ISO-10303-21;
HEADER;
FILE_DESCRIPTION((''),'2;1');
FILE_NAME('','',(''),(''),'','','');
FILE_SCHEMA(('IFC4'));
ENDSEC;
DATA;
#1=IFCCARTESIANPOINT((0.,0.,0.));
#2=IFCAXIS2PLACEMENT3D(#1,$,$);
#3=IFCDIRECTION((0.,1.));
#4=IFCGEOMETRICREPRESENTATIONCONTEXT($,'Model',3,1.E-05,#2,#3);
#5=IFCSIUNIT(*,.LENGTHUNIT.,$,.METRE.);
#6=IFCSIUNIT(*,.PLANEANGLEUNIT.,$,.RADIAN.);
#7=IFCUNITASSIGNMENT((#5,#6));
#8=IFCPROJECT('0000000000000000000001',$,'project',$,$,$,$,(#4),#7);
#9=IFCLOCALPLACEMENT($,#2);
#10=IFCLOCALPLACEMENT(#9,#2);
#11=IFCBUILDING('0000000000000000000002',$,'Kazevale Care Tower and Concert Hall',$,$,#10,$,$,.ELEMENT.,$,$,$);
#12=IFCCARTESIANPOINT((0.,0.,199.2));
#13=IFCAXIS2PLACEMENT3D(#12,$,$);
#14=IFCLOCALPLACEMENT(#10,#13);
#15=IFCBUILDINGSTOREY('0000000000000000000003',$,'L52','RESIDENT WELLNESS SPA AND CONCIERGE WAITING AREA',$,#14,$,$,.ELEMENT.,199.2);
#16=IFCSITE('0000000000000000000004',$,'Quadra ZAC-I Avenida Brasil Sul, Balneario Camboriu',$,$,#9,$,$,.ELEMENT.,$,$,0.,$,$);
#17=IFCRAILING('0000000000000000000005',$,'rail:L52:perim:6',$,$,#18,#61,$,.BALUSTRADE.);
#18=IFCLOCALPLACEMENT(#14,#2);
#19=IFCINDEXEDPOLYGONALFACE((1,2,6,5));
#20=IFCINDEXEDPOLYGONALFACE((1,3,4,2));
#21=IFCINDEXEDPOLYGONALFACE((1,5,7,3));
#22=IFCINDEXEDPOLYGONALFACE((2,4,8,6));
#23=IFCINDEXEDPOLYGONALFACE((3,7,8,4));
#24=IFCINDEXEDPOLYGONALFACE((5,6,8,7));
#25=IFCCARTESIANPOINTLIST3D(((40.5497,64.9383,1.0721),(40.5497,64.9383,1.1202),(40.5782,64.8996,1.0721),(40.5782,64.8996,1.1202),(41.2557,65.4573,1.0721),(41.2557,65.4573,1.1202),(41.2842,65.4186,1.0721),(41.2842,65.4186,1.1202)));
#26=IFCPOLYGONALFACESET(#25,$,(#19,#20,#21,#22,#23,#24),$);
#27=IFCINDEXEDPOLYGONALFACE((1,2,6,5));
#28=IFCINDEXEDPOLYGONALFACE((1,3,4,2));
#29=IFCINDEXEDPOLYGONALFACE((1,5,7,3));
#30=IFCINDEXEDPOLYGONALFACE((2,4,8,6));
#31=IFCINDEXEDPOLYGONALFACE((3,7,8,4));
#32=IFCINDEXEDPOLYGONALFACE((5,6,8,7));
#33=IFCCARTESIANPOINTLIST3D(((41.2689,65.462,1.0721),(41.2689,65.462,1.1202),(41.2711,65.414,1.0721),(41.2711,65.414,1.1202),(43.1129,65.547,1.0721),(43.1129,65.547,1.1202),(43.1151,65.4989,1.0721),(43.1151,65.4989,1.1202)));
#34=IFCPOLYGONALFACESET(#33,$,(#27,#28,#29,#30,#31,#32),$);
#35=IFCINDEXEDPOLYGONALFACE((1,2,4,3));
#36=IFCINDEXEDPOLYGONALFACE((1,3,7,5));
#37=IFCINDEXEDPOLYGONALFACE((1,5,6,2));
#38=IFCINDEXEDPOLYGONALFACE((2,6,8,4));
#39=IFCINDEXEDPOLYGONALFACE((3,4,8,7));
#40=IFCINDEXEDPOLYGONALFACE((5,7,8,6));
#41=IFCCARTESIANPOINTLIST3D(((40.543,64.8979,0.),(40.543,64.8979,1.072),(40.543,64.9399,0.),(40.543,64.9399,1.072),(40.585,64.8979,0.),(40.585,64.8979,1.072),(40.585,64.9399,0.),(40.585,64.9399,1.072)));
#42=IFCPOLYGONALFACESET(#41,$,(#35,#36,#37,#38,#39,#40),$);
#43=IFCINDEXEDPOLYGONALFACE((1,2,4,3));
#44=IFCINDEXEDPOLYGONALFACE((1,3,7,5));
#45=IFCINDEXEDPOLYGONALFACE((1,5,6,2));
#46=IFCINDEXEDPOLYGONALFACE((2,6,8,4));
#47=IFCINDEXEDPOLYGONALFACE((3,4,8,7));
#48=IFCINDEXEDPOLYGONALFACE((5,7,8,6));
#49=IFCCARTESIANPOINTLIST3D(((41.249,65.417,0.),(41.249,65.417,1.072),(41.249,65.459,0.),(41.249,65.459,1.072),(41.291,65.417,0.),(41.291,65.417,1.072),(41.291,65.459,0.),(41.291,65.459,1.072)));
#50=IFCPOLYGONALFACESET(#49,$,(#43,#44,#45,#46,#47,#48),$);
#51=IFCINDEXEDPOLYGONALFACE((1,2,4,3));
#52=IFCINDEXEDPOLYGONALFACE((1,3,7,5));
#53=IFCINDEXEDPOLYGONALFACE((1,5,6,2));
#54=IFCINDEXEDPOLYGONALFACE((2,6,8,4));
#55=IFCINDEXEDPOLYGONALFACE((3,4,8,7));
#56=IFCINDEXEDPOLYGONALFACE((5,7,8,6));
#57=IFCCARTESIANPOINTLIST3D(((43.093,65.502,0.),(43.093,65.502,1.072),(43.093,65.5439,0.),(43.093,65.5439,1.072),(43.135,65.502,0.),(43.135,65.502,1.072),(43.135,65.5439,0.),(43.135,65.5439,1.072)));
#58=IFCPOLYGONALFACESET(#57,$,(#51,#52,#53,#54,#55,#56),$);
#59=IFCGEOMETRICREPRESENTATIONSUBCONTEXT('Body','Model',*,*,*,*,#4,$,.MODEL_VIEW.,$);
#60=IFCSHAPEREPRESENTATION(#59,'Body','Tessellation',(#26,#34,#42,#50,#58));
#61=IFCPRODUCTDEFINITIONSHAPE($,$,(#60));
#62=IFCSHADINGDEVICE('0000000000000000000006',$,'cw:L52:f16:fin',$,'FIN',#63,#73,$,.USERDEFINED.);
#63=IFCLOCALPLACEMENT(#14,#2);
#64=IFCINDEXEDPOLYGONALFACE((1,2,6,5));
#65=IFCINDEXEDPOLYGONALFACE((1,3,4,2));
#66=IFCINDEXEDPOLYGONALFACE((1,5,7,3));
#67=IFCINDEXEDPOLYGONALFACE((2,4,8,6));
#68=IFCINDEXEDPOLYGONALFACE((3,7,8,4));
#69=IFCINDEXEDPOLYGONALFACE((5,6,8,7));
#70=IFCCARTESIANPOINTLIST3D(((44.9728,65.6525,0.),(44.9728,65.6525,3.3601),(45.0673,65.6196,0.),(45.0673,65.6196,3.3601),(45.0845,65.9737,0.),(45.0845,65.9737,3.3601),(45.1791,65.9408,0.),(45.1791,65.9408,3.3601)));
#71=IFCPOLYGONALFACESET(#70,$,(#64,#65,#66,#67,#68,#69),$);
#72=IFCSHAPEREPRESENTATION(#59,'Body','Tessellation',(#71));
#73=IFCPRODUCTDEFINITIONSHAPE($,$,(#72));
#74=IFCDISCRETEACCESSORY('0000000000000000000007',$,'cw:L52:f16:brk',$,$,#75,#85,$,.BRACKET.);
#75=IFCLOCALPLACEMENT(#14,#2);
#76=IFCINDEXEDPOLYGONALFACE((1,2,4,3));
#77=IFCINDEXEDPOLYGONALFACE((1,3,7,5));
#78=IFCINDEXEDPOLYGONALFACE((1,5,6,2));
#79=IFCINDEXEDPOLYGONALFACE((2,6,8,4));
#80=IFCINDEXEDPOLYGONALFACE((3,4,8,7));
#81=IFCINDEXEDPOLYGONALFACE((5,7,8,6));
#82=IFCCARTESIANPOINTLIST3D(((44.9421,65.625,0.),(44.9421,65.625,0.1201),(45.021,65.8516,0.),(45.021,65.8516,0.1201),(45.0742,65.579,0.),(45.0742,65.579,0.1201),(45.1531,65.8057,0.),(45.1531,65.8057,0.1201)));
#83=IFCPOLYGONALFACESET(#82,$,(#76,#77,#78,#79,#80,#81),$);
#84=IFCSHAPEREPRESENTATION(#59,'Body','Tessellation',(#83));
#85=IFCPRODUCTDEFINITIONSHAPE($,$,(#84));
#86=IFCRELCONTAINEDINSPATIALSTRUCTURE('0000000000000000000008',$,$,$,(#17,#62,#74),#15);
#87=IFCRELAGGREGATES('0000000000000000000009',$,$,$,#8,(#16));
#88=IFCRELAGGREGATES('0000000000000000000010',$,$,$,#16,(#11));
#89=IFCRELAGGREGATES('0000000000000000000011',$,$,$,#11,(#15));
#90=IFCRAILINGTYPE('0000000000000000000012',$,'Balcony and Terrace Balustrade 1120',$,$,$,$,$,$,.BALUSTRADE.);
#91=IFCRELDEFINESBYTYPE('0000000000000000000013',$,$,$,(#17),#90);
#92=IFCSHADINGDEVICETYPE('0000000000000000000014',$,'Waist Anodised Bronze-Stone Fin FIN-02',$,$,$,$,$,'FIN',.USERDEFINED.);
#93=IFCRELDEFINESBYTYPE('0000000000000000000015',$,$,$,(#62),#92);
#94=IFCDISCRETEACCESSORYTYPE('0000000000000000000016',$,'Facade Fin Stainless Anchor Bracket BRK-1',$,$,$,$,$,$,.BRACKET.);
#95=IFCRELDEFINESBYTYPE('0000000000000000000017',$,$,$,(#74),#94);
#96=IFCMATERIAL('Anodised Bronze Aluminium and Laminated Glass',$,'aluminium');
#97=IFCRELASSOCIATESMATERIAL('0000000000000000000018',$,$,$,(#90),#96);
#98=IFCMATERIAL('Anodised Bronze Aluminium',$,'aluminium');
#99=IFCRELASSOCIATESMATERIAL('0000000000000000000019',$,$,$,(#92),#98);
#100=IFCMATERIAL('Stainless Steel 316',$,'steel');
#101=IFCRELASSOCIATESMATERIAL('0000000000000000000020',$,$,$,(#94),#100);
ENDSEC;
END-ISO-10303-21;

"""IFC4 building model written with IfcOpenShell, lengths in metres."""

from ifc_helpers import new_model, si_unit, direction, frame, origin, origin_2d, place, context, subcontext, project, spatial, rectangle, extrude, material, type_object, element, save


model = new_model("IFC4")

# Units and contexts
model_context = context("Model", 3, precision=1e-05, world=origin(), true_north=direction((0.0, 1.0)))
body_context = subcontext(model_context, "Body", "Model", "MODEL_VIEW")
ifc_project = project(units=[si_unit("LENGTHUNIT", "METRE"), si_unit("PLANEANGLEUNIT", "RADIAN")], contexts=[model_context])

# Site, building, storey
site_placement = place(None, origin())
site = spatial("IfcSite", under=ifc_project, at=site_placement, Name="Quadra ZAC-I Avenida Brasil Sul, Balneario Camboriu", CompositionType="ELEMENT", RefElevation=0.0)
building_placement = place(site_placement, origin())
building = spatial("IfcBuilding", under=site, at=building_placement, Name="Kazevale Care Tower and Concert Hall", CompositionType="ELEMENT")
storey_placement = place(building_placement, frame((0.0, 0.0, 199.2)))
storey = spatial("IfcBuildingStorey", under=building, at=storey_placement, Name="L52", Description="RESIDENT WELLNESS SPA AND CONCIERGE WAITING AREA", CompositionType="ELEMENT", Elevation=199.2)

# Railing
ifc_material_1 = material(Name="Anodised Bronze Aluminium and Laminated Glass", Category="aluminium")
railing_type = type_object("IfcRailingType", Name="Balcony and Terrace Balustrade 1120", PredefinedType="BALUSTRADE", material=ifc_material_1)
railing_placement = place(storey_placement, frame((40.564, 64.9189, 0.0)))
element("IfcRailing", 1, at=railing_placement, inside=storey, type_object=railing_type, Name="rail:L52:perim:6", PredefinedType="BALUSTRADE", context=body_context, shape_type="SweptSolid", body=[
    extrude(rectangle(XDim=0.0481, YDim=0.0481, at=origin_2d()), frame((0.0, 0.0, 1.0962), z_axis=(0.805714, 0.592305, 0.0), x_axis=(-0.592305, 0.805714, 0.0)), (0.0, 0.0, 1.0), 0.8762),
    extrude(rectangle(XDim=0.0481, YDim=0.0481, at=origin_2d()), frame((0.7061, 0.519, 1.0962), z_axis=(0.99894, 0.046026, 0.0), x_axis=(-0.046026, 0.99894, 0.0)), (0.0, 0.0, 1.0), 1.8459),
    extrude(rectangle(XDim=0.042, YDim=0.042, at=origin_2d()), origin(), (0.0, 0.0, 1.0), 1.072),
    extrude(rectangle(XDim=0.042, YDim=0.042, at=origin_2d()), frame((0.7061, 0.519, 0.0)), (0.0, 0.0, 1.0), 1.072),
    extrude(rectangle(XDim=0.042, YDim=0.042, at=origin_2d()), frame((2.55, 0.604, 0.0)), (0.0, 0.0, 1.0), 1.072),
])

# Shading device
ifc_material_2 = material(Name="Anodised Bronze Aluminium", Category="aluminium")
shading_device_type = type_object("IfcShadingDeviceType", Name="Waist Anodised Bronze-Stone Fin FIN-02", ElementType="FIN", PredefinedType="USERDEFINED", material=ifc_material_2)
shading_device_placement = place(storey_placement, frame((45.0759, 65.7966, 0.0), z_axis=(0.0, 0.0, 1.0), x_axis=(0.328537, 0.944491, 0.0)))
element("IfcShadingDevice", 2, at=shading_device_placement, inside=storey, type_object=shading_device_type, Name="cw:L52:f16:fin", ObjectType="FIN", PredefinedType="USERDEFINED", context=body_context, shape_type="SweptSolid", body=[
    extrude(rectangle(XDim=0.3401, YDim=0.1001, at=origin_2d()), origin(), (0.0, 0.0, 1.0), 3.3601),
])

# Discrete accessory
ifc_material_3 = material(Name="Stainless Steel 316", Category="steel")
discrete_accessory_type = type_object("IfcDiscreteAccessoryType", Name="Facade Fin Stainless Anchor Bracket BRK-1", PredefinedType="BRACKET", material=ifc_material_3)
discrete_accessory_placement = place(storey_placement, frame((45.0476, 65.7153, 0.0), z_axis=(0.0, 0.0, 1.0), x_axis=(0.328537, 0.944491, 0.0)))
element("IfcDiscreteAccessory", 3, at=discrete_accessory_placement, inside=storey, type_object=discrete_accessory_type, Name="cw:L52:f16:brk", PredefinedType="BRACKET", context=body_context, shape_type="SweptSolid", body=[
    extrude(rectangle(XDim=0.24, YDim=0.1399, at=origin_2d()), origin(), (0.0, 0.0, 1.0), 0.1201),
])

save(model, "model.ifc")
